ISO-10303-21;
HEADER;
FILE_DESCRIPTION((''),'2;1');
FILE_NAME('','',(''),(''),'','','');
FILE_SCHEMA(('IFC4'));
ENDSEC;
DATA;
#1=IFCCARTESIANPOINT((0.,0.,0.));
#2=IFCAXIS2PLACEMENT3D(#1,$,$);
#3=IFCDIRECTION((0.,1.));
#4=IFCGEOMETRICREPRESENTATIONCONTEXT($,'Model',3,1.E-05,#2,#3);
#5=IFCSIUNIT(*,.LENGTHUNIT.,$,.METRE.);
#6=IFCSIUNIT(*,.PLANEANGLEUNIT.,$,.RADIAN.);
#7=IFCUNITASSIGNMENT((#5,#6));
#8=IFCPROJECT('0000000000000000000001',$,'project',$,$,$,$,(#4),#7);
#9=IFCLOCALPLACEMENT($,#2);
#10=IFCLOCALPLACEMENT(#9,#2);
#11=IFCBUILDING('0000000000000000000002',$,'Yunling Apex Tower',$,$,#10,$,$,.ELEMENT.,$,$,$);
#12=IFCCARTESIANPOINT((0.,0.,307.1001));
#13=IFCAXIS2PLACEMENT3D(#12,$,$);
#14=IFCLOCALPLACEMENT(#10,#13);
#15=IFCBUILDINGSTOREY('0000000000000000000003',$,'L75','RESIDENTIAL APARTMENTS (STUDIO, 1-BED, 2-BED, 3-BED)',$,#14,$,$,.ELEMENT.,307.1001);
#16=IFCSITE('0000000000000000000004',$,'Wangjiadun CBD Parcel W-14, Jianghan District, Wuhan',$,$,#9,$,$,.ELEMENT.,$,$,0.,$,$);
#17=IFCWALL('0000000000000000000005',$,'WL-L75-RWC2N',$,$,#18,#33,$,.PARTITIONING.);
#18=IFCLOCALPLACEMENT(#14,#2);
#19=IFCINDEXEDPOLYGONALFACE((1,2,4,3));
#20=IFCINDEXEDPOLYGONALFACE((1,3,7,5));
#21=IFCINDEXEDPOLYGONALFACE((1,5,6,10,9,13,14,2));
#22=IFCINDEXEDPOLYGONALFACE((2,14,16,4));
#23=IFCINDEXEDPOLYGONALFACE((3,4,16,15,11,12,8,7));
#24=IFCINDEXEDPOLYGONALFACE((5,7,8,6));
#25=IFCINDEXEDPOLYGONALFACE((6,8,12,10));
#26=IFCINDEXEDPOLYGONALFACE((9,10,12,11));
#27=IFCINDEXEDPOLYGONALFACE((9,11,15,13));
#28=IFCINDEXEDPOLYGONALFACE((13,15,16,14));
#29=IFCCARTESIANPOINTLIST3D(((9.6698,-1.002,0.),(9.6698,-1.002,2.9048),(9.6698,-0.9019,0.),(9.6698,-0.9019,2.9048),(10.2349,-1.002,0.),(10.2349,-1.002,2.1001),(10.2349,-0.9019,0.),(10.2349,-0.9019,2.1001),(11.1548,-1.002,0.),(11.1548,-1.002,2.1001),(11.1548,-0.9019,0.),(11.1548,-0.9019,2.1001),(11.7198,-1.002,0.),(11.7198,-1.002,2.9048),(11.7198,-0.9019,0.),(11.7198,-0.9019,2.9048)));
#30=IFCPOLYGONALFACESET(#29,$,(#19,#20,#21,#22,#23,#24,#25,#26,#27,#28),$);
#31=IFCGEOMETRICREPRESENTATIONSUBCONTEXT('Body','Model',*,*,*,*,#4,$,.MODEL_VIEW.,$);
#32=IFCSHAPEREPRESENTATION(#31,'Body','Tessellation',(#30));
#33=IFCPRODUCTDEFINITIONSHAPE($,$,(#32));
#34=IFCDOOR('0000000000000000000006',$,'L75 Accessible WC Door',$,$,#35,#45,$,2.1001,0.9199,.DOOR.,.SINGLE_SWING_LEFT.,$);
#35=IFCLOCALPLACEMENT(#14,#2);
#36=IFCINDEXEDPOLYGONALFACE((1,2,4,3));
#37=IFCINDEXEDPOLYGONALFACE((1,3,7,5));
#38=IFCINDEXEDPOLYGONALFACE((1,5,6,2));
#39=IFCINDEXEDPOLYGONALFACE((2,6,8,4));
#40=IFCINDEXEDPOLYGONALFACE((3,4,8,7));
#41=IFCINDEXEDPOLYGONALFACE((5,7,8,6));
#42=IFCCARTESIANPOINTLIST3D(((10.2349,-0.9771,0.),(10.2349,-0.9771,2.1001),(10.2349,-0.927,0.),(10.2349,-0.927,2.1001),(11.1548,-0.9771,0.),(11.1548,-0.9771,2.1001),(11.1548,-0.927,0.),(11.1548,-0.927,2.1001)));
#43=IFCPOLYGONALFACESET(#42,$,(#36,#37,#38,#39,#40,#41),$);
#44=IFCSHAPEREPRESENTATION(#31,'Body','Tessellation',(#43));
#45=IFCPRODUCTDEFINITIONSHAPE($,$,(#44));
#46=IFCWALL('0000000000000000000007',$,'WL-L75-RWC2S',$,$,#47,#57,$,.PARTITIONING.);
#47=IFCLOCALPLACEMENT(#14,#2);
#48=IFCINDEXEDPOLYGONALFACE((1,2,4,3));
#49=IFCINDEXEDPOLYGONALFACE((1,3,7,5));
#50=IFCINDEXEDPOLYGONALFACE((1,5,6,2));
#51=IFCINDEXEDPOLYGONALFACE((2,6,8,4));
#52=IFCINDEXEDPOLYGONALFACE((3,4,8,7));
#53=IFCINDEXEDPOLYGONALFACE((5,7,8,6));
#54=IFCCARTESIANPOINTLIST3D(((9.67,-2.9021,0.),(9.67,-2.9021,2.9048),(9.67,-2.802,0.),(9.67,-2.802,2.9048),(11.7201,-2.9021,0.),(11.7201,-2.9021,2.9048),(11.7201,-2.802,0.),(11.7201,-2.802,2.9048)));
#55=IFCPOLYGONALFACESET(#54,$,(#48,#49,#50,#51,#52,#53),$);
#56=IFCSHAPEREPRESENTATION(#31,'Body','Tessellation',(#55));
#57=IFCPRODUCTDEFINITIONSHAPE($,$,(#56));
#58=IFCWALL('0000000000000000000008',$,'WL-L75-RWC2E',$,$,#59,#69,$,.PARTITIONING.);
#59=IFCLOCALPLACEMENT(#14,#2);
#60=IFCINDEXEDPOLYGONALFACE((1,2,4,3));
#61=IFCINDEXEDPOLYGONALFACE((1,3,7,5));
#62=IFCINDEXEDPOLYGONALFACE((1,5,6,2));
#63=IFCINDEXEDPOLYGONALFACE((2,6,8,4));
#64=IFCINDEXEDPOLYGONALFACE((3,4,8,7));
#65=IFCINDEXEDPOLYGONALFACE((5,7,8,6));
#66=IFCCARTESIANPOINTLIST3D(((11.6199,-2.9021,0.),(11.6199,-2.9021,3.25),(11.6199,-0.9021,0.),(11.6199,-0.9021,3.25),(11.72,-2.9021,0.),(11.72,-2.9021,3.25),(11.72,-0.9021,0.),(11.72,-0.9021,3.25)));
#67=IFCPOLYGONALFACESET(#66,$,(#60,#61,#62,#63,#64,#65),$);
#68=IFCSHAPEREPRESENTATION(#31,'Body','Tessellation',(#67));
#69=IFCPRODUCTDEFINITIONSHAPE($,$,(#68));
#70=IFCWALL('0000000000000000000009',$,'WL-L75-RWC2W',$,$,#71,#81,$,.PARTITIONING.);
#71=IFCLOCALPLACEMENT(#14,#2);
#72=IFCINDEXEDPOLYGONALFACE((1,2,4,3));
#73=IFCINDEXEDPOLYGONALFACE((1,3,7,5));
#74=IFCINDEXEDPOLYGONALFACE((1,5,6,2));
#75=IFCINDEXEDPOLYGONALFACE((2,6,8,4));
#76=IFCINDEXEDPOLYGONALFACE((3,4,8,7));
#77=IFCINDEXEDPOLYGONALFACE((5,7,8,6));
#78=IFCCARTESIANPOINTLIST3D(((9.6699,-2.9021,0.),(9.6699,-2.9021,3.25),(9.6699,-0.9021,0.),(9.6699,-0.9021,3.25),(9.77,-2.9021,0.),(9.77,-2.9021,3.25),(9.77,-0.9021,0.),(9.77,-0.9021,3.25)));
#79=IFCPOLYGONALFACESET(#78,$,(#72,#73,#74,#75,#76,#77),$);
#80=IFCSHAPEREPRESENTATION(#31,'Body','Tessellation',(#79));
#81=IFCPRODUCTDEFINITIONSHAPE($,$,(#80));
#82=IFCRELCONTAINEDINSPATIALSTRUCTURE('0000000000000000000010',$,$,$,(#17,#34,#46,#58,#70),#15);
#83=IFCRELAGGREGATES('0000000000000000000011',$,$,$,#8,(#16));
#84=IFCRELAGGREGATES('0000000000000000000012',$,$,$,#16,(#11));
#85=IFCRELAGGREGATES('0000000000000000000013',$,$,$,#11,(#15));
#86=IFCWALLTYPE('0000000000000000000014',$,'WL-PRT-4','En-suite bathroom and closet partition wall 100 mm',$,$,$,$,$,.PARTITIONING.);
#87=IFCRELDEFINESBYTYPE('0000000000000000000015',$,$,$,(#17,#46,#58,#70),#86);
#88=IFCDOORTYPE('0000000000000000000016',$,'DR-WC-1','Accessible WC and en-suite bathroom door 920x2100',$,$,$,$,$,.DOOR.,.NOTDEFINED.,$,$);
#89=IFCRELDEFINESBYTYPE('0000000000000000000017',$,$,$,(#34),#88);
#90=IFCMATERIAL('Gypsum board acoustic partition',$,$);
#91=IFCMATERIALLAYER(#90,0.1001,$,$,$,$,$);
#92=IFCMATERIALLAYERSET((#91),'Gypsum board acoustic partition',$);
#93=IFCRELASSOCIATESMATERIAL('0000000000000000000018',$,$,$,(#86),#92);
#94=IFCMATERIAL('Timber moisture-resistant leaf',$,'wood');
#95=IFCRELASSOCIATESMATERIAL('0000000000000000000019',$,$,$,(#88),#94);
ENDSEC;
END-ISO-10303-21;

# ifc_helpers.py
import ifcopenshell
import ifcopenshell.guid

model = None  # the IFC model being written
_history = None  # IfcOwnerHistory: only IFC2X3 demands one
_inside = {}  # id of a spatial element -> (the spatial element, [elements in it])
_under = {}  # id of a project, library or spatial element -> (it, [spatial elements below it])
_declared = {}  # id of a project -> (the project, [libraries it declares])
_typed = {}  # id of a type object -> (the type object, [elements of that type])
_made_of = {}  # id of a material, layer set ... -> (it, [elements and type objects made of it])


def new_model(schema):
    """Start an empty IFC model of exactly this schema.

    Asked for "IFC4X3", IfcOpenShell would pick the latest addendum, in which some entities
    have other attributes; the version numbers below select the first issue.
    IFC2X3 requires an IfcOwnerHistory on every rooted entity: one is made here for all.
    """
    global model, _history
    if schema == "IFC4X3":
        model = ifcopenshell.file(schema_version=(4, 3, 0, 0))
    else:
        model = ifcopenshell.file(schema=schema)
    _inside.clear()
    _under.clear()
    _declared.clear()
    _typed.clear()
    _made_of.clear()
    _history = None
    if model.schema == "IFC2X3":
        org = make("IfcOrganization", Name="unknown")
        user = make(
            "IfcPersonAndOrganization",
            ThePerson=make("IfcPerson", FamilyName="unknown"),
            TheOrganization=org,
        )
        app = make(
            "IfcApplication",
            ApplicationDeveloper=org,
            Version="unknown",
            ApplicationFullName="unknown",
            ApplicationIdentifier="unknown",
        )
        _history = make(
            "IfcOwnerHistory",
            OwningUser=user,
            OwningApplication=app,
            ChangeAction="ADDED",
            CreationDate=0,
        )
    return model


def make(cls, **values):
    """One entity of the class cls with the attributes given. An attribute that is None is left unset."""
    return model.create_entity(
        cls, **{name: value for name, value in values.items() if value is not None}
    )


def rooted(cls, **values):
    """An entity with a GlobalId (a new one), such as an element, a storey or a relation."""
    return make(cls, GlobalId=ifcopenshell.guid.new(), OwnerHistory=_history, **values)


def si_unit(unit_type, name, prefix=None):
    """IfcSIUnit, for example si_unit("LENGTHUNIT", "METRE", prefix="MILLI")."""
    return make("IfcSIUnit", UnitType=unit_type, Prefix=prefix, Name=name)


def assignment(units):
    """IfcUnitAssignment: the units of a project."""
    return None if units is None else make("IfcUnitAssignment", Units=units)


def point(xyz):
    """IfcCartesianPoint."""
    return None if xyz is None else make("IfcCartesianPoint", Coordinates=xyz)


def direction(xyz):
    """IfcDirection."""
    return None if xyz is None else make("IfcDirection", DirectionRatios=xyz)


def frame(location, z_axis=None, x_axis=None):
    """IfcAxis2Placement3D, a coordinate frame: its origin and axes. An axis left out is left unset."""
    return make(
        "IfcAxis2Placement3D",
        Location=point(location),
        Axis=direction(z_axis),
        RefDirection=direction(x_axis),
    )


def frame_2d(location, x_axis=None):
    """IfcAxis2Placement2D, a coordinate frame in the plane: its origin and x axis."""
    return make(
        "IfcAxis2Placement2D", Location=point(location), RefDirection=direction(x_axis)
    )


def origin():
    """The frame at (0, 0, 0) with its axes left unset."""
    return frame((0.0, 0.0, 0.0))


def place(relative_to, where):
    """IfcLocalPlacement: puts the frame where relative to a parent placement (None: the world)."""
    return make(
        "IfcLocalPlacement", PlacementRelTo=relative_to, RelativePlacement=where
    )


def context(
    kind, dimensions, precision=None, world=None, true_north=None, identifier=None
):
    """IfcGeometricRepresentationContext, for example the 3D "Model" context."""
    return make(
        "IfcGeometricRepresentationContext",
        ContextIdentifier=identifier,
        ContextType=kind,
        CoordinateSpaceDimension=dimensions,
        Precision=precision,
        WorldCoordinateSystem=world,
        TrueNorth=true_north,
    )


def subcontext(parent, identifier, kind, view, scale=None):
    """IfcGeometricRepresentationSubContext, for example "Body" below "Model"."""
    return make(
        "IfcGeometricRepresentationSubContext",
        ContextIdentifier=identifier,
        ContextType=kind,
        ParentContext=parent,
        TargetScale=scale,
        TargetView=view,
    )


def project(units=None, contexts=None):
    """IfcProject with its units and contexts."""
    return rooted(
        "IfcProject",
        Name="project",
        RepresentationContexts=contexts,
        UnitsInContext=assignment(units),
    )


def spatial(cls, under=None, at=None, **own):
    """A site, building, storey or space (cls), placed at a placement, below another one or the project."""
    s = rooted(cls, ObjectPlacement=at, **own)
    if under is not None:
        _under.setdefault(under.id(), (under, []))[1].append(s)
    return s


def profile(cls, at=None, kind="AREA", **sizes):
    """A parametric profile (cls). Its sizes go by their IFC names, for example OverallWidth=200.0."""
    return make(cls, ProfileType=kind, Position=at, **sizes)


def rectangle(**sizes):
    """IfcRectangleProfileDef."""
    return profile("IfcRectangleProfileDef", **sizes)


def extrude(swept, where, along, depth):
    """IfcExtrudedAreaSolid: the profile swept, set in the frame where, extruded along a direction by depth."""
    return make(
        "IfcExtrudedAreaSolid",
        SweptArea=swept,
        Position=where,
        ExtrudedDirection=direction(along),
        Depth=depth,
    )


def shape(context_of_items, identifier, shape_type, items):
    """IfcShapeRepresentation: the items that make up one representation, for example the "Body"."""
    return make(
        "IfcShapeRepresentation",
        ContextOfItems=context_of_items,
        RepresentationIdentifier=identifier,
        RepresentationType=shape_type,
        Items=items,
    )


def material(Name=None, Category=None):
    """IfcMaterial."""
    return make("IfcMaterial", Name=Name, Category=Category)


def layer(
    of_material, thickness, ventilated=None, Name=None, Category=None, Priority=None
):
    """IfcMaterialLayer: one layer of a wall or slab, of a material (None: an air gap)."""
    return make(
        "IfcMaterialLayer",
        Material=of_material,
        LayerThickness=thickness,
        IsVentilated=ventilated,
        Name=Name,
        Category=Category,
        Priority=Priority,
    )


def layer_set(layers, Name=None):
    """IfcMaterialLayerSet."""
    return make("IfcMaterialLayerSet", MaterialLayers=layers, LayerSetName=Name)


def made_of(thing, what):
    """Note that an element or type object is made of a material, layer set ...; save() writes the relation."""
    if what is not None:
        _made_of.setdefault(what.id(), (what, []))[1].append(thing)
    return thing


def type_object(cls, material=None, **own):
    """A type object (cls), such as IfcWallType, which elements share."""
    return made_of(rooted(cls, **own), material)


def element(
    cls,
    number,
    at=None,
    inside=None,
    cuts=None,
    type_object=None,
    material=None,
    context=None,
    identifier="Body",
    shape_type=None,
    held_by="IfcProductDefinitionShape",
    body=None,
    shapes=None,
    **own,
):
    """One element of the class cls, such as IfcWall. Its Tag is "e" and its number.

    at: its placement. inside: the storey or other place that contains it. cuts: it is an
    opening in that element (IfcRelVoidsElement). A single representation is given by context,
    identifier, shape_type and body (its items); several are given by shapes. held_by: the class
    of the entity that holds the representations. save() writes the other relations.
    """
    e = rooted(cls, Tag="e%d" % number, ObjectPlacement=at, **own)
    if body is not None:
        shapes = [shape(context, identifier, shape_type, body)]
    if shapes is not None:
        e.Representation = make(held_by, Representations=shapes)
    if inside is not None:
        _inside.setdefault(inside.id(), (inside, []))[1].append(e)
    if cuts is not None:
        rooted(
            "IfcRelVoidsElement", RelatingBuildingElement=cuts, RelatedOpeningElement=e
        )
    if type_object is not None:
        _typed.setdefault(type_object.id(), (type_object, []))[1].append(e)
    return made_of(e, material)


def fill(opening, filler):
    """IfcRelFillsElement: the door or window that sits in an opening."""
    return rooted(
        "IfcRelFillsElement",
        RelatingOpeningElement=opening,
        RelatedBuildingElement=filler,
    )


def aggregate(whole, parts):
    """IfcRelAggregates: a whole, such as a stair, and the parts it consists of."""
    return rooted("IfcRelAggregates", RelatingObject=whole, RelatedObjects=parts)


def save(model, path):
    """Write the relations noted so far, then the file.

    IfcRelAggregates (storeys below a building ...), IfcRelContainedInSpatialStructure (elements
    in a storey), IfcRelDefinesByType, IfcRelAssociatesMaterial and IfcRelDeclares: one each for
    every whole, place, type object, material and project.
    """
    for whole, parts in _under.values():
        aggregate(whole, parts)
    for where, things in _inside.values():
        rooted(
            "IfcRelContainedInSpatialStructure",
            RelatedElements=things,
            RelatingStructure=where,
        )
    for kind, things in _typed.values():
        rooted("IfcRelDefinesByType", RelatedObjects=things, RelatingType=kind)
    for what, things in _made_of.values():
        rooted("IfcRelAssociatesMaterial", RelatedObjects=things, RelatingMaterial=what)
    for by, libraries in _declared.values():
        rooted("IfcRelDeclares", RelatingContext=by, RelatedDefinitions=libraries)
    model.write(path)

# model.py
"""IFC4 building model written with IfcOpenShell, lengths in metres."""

from ifc_helpers import new_model, si_unit, direction, frame, frame_2d, origin, place, context, subcontext, project, spatial, rectangle, extrude, material, layer, layer_set, type_object, element, fill, save


model = new_model("IFC4")

# Units and contexts
model_context = context("Model", 3, precision=1e-05, world=origin(), true_north=direction((0.0, 1.0)))
body_context = subcontext(model_context, "Body", "Model", "MODEL_VIEW")
ifc_project = project(units=[si_unit("LENGTHUNIT", "METRE"), si_unit("PLANEANGLEUNIT", "RADIAN")], contexts=[model_context])

# Site, building, storey
site_placement = place(None, origin())
site = spatial("IfcSite", under=ifc_project, at=site_placement, Name="Wangjiadun CBD Parcel W-14, Jianghan District, Wuhan", CompositionType="ELEMENT", RefElevation=0.0)
building_placement = place(site_placement, origin())
building = spatial("IfcBuilding", under=site, at=building_placement, Name="Yunling Apex Tower", CompositionType="ELEMENT")
storey_placement = place(building_placement, frame((0.0, 0.0, 307.1001)))
storey = spatial("IfcBuildingStorey", under=building, at=storey_placement, Name="L75", Description="RESIDENTIAL APARTMENTS (STUDIO, 1-BED, 2-BED, 3-BED)", CompositionType="ELEMENT", Elevation=307.1001)

# Wall, opening, door
ifc_material_1 = material(Name="Gypsum board acoustic partition")
ifc_layer_1 = layer(ifc_material_1, 0.1001)
ifc_layer_set_1 = layer_set([ifc_layer_1], Name="Gypsum board acoustic partition")
wall_type_1 = type_object("IfcWallType", Name="WL-PRT-4", Description="En-suite bathroom and closet partition wall 100 mm", PredefinedType="PARTITIONING", material=ifc_layer_set_1)
wall_1_placement = place(storey_placement, frame((9.6699, -0.9519, 0.0), z_axis=(0.0, 0.0, 1.0), x_axis=(1.0, 0.0, 0.0)))
wall_1 = element("IfcWall", 1, at=wall_1_placement, inside=storey, type_object=wall_type_1, Name="WL-L75-RWC2N", PredefinedType="PARTITIONING", context=body_context, shape_type="SweptSolid", body=[
    extrude(rectangle(XDim=2.05, YDim=0.1001, at=frame_2d((1.0249, 0.0))), origin(), (0.0, 0.0, 1.0), 2.9048),
])
opening_placement = place(wall_1_placement, frame((0.5649, 0.0, 0.0)))
opening = element("IfcOpeningElement", 2, at=opening_placement, cuts=wall_1, PredefinedType="OPENING", context=body_context, shape_type="SweptSolid", body=[
    extrude(rectangle(XDim=0.9199, YDim=2.1001, at=frame_2d((0.46, 1.05))), frame((0.0, 0.0601, 0.0), z_axis=(0.0, -1.0, 0.0), x_axis=(1.0, 0.0, 0.0)), (0.0, 0.0, 1.0), 0.1201),
])
ifc_material_2 = material(Name="Timber moisture-resistant leaf", Category="wood")
door_type = type_object("IfcDoorType", Name="DR-WC-1", Description="Accessible WC and en-suite bathroom door 920x2100", OperationType="NOTDEFINED", PredefinedType="DOOR", material=ifc_material_2)
door_placement = place(opening_placement, origin())
door = element("IfcDoor", 3, at=door_placement, inside=storey, type_object=door_type, Name="L75 Accessible WC Door", OperationType="SINGLE_SWING_LEFT", OverallHeight=2.1001, OverallWidth=0.9199, PredefinedType="DOOR", context=body_context, shape_type="SweptSolid", body=[
    extrude(rectangle(XDim=0.9199, YDim=2.1001, at=frame_2d((0.46, 1.05))), frame((0.0, 0.0249, 0.0), z_axis=(0.0, -1.0, 0.0), x_axis=(1.0, 0.0, 0.0)), (0.0, 0.0, 1.0), 0.05),
])
fill(opening, door)

# Walls
wall_2_placement = place(storey_placement, frame((11.72, -2.8521, 0.0), z_axis=(0.0, 0.0, 1.0), x_axis=(-1.0, 0.0, 0.0)))
element("IfcWall", 4, at=wall_2_placement, inside=storey, type_object=wall_type_1, Name="WL-L75-RWC2S", PredefinedType="PARTITIONING", context=body_context, shape_type="SweptSolid", body=[
    extrude(rectangle(XDim=2.05, YDim=0.1001, at=frame_2d((1.0249, 0.0))), origin(), (0.0, 0.0, 1.0), 2.9048),
])
for number, where, z_axis, x_axis, name in (
    (5, (11.6699, -0.9021, 0.0), (0.0, 0.0, 1.0), (0.0, -1.0, 0.0), "WL-L75-RWC2E"),
    (6, (9.72, -2.9021, 0.0), (0.0, 0.0, 1.0), (0.0, 1.0, 0.0), "WL-L75-RWC2W"),
):
    element("IfcWall", number, at=place(storey_placement, frame(where, z_axis=z_axis, x_axis=x_axis)), inside=storey, type_object=wall_type_1, Name=name, PredefinedType="PARTITIONING", context=body_context, shape_type="SweptSolid", body=[
        extrude(rectangle(XDim=2.0, YDim=0.1001, at=frame_2d((1.0, 0.0))), origin(), (0.0, 0.0, 1.0), 3.25),
    ])

save(model, "model.ifc")
